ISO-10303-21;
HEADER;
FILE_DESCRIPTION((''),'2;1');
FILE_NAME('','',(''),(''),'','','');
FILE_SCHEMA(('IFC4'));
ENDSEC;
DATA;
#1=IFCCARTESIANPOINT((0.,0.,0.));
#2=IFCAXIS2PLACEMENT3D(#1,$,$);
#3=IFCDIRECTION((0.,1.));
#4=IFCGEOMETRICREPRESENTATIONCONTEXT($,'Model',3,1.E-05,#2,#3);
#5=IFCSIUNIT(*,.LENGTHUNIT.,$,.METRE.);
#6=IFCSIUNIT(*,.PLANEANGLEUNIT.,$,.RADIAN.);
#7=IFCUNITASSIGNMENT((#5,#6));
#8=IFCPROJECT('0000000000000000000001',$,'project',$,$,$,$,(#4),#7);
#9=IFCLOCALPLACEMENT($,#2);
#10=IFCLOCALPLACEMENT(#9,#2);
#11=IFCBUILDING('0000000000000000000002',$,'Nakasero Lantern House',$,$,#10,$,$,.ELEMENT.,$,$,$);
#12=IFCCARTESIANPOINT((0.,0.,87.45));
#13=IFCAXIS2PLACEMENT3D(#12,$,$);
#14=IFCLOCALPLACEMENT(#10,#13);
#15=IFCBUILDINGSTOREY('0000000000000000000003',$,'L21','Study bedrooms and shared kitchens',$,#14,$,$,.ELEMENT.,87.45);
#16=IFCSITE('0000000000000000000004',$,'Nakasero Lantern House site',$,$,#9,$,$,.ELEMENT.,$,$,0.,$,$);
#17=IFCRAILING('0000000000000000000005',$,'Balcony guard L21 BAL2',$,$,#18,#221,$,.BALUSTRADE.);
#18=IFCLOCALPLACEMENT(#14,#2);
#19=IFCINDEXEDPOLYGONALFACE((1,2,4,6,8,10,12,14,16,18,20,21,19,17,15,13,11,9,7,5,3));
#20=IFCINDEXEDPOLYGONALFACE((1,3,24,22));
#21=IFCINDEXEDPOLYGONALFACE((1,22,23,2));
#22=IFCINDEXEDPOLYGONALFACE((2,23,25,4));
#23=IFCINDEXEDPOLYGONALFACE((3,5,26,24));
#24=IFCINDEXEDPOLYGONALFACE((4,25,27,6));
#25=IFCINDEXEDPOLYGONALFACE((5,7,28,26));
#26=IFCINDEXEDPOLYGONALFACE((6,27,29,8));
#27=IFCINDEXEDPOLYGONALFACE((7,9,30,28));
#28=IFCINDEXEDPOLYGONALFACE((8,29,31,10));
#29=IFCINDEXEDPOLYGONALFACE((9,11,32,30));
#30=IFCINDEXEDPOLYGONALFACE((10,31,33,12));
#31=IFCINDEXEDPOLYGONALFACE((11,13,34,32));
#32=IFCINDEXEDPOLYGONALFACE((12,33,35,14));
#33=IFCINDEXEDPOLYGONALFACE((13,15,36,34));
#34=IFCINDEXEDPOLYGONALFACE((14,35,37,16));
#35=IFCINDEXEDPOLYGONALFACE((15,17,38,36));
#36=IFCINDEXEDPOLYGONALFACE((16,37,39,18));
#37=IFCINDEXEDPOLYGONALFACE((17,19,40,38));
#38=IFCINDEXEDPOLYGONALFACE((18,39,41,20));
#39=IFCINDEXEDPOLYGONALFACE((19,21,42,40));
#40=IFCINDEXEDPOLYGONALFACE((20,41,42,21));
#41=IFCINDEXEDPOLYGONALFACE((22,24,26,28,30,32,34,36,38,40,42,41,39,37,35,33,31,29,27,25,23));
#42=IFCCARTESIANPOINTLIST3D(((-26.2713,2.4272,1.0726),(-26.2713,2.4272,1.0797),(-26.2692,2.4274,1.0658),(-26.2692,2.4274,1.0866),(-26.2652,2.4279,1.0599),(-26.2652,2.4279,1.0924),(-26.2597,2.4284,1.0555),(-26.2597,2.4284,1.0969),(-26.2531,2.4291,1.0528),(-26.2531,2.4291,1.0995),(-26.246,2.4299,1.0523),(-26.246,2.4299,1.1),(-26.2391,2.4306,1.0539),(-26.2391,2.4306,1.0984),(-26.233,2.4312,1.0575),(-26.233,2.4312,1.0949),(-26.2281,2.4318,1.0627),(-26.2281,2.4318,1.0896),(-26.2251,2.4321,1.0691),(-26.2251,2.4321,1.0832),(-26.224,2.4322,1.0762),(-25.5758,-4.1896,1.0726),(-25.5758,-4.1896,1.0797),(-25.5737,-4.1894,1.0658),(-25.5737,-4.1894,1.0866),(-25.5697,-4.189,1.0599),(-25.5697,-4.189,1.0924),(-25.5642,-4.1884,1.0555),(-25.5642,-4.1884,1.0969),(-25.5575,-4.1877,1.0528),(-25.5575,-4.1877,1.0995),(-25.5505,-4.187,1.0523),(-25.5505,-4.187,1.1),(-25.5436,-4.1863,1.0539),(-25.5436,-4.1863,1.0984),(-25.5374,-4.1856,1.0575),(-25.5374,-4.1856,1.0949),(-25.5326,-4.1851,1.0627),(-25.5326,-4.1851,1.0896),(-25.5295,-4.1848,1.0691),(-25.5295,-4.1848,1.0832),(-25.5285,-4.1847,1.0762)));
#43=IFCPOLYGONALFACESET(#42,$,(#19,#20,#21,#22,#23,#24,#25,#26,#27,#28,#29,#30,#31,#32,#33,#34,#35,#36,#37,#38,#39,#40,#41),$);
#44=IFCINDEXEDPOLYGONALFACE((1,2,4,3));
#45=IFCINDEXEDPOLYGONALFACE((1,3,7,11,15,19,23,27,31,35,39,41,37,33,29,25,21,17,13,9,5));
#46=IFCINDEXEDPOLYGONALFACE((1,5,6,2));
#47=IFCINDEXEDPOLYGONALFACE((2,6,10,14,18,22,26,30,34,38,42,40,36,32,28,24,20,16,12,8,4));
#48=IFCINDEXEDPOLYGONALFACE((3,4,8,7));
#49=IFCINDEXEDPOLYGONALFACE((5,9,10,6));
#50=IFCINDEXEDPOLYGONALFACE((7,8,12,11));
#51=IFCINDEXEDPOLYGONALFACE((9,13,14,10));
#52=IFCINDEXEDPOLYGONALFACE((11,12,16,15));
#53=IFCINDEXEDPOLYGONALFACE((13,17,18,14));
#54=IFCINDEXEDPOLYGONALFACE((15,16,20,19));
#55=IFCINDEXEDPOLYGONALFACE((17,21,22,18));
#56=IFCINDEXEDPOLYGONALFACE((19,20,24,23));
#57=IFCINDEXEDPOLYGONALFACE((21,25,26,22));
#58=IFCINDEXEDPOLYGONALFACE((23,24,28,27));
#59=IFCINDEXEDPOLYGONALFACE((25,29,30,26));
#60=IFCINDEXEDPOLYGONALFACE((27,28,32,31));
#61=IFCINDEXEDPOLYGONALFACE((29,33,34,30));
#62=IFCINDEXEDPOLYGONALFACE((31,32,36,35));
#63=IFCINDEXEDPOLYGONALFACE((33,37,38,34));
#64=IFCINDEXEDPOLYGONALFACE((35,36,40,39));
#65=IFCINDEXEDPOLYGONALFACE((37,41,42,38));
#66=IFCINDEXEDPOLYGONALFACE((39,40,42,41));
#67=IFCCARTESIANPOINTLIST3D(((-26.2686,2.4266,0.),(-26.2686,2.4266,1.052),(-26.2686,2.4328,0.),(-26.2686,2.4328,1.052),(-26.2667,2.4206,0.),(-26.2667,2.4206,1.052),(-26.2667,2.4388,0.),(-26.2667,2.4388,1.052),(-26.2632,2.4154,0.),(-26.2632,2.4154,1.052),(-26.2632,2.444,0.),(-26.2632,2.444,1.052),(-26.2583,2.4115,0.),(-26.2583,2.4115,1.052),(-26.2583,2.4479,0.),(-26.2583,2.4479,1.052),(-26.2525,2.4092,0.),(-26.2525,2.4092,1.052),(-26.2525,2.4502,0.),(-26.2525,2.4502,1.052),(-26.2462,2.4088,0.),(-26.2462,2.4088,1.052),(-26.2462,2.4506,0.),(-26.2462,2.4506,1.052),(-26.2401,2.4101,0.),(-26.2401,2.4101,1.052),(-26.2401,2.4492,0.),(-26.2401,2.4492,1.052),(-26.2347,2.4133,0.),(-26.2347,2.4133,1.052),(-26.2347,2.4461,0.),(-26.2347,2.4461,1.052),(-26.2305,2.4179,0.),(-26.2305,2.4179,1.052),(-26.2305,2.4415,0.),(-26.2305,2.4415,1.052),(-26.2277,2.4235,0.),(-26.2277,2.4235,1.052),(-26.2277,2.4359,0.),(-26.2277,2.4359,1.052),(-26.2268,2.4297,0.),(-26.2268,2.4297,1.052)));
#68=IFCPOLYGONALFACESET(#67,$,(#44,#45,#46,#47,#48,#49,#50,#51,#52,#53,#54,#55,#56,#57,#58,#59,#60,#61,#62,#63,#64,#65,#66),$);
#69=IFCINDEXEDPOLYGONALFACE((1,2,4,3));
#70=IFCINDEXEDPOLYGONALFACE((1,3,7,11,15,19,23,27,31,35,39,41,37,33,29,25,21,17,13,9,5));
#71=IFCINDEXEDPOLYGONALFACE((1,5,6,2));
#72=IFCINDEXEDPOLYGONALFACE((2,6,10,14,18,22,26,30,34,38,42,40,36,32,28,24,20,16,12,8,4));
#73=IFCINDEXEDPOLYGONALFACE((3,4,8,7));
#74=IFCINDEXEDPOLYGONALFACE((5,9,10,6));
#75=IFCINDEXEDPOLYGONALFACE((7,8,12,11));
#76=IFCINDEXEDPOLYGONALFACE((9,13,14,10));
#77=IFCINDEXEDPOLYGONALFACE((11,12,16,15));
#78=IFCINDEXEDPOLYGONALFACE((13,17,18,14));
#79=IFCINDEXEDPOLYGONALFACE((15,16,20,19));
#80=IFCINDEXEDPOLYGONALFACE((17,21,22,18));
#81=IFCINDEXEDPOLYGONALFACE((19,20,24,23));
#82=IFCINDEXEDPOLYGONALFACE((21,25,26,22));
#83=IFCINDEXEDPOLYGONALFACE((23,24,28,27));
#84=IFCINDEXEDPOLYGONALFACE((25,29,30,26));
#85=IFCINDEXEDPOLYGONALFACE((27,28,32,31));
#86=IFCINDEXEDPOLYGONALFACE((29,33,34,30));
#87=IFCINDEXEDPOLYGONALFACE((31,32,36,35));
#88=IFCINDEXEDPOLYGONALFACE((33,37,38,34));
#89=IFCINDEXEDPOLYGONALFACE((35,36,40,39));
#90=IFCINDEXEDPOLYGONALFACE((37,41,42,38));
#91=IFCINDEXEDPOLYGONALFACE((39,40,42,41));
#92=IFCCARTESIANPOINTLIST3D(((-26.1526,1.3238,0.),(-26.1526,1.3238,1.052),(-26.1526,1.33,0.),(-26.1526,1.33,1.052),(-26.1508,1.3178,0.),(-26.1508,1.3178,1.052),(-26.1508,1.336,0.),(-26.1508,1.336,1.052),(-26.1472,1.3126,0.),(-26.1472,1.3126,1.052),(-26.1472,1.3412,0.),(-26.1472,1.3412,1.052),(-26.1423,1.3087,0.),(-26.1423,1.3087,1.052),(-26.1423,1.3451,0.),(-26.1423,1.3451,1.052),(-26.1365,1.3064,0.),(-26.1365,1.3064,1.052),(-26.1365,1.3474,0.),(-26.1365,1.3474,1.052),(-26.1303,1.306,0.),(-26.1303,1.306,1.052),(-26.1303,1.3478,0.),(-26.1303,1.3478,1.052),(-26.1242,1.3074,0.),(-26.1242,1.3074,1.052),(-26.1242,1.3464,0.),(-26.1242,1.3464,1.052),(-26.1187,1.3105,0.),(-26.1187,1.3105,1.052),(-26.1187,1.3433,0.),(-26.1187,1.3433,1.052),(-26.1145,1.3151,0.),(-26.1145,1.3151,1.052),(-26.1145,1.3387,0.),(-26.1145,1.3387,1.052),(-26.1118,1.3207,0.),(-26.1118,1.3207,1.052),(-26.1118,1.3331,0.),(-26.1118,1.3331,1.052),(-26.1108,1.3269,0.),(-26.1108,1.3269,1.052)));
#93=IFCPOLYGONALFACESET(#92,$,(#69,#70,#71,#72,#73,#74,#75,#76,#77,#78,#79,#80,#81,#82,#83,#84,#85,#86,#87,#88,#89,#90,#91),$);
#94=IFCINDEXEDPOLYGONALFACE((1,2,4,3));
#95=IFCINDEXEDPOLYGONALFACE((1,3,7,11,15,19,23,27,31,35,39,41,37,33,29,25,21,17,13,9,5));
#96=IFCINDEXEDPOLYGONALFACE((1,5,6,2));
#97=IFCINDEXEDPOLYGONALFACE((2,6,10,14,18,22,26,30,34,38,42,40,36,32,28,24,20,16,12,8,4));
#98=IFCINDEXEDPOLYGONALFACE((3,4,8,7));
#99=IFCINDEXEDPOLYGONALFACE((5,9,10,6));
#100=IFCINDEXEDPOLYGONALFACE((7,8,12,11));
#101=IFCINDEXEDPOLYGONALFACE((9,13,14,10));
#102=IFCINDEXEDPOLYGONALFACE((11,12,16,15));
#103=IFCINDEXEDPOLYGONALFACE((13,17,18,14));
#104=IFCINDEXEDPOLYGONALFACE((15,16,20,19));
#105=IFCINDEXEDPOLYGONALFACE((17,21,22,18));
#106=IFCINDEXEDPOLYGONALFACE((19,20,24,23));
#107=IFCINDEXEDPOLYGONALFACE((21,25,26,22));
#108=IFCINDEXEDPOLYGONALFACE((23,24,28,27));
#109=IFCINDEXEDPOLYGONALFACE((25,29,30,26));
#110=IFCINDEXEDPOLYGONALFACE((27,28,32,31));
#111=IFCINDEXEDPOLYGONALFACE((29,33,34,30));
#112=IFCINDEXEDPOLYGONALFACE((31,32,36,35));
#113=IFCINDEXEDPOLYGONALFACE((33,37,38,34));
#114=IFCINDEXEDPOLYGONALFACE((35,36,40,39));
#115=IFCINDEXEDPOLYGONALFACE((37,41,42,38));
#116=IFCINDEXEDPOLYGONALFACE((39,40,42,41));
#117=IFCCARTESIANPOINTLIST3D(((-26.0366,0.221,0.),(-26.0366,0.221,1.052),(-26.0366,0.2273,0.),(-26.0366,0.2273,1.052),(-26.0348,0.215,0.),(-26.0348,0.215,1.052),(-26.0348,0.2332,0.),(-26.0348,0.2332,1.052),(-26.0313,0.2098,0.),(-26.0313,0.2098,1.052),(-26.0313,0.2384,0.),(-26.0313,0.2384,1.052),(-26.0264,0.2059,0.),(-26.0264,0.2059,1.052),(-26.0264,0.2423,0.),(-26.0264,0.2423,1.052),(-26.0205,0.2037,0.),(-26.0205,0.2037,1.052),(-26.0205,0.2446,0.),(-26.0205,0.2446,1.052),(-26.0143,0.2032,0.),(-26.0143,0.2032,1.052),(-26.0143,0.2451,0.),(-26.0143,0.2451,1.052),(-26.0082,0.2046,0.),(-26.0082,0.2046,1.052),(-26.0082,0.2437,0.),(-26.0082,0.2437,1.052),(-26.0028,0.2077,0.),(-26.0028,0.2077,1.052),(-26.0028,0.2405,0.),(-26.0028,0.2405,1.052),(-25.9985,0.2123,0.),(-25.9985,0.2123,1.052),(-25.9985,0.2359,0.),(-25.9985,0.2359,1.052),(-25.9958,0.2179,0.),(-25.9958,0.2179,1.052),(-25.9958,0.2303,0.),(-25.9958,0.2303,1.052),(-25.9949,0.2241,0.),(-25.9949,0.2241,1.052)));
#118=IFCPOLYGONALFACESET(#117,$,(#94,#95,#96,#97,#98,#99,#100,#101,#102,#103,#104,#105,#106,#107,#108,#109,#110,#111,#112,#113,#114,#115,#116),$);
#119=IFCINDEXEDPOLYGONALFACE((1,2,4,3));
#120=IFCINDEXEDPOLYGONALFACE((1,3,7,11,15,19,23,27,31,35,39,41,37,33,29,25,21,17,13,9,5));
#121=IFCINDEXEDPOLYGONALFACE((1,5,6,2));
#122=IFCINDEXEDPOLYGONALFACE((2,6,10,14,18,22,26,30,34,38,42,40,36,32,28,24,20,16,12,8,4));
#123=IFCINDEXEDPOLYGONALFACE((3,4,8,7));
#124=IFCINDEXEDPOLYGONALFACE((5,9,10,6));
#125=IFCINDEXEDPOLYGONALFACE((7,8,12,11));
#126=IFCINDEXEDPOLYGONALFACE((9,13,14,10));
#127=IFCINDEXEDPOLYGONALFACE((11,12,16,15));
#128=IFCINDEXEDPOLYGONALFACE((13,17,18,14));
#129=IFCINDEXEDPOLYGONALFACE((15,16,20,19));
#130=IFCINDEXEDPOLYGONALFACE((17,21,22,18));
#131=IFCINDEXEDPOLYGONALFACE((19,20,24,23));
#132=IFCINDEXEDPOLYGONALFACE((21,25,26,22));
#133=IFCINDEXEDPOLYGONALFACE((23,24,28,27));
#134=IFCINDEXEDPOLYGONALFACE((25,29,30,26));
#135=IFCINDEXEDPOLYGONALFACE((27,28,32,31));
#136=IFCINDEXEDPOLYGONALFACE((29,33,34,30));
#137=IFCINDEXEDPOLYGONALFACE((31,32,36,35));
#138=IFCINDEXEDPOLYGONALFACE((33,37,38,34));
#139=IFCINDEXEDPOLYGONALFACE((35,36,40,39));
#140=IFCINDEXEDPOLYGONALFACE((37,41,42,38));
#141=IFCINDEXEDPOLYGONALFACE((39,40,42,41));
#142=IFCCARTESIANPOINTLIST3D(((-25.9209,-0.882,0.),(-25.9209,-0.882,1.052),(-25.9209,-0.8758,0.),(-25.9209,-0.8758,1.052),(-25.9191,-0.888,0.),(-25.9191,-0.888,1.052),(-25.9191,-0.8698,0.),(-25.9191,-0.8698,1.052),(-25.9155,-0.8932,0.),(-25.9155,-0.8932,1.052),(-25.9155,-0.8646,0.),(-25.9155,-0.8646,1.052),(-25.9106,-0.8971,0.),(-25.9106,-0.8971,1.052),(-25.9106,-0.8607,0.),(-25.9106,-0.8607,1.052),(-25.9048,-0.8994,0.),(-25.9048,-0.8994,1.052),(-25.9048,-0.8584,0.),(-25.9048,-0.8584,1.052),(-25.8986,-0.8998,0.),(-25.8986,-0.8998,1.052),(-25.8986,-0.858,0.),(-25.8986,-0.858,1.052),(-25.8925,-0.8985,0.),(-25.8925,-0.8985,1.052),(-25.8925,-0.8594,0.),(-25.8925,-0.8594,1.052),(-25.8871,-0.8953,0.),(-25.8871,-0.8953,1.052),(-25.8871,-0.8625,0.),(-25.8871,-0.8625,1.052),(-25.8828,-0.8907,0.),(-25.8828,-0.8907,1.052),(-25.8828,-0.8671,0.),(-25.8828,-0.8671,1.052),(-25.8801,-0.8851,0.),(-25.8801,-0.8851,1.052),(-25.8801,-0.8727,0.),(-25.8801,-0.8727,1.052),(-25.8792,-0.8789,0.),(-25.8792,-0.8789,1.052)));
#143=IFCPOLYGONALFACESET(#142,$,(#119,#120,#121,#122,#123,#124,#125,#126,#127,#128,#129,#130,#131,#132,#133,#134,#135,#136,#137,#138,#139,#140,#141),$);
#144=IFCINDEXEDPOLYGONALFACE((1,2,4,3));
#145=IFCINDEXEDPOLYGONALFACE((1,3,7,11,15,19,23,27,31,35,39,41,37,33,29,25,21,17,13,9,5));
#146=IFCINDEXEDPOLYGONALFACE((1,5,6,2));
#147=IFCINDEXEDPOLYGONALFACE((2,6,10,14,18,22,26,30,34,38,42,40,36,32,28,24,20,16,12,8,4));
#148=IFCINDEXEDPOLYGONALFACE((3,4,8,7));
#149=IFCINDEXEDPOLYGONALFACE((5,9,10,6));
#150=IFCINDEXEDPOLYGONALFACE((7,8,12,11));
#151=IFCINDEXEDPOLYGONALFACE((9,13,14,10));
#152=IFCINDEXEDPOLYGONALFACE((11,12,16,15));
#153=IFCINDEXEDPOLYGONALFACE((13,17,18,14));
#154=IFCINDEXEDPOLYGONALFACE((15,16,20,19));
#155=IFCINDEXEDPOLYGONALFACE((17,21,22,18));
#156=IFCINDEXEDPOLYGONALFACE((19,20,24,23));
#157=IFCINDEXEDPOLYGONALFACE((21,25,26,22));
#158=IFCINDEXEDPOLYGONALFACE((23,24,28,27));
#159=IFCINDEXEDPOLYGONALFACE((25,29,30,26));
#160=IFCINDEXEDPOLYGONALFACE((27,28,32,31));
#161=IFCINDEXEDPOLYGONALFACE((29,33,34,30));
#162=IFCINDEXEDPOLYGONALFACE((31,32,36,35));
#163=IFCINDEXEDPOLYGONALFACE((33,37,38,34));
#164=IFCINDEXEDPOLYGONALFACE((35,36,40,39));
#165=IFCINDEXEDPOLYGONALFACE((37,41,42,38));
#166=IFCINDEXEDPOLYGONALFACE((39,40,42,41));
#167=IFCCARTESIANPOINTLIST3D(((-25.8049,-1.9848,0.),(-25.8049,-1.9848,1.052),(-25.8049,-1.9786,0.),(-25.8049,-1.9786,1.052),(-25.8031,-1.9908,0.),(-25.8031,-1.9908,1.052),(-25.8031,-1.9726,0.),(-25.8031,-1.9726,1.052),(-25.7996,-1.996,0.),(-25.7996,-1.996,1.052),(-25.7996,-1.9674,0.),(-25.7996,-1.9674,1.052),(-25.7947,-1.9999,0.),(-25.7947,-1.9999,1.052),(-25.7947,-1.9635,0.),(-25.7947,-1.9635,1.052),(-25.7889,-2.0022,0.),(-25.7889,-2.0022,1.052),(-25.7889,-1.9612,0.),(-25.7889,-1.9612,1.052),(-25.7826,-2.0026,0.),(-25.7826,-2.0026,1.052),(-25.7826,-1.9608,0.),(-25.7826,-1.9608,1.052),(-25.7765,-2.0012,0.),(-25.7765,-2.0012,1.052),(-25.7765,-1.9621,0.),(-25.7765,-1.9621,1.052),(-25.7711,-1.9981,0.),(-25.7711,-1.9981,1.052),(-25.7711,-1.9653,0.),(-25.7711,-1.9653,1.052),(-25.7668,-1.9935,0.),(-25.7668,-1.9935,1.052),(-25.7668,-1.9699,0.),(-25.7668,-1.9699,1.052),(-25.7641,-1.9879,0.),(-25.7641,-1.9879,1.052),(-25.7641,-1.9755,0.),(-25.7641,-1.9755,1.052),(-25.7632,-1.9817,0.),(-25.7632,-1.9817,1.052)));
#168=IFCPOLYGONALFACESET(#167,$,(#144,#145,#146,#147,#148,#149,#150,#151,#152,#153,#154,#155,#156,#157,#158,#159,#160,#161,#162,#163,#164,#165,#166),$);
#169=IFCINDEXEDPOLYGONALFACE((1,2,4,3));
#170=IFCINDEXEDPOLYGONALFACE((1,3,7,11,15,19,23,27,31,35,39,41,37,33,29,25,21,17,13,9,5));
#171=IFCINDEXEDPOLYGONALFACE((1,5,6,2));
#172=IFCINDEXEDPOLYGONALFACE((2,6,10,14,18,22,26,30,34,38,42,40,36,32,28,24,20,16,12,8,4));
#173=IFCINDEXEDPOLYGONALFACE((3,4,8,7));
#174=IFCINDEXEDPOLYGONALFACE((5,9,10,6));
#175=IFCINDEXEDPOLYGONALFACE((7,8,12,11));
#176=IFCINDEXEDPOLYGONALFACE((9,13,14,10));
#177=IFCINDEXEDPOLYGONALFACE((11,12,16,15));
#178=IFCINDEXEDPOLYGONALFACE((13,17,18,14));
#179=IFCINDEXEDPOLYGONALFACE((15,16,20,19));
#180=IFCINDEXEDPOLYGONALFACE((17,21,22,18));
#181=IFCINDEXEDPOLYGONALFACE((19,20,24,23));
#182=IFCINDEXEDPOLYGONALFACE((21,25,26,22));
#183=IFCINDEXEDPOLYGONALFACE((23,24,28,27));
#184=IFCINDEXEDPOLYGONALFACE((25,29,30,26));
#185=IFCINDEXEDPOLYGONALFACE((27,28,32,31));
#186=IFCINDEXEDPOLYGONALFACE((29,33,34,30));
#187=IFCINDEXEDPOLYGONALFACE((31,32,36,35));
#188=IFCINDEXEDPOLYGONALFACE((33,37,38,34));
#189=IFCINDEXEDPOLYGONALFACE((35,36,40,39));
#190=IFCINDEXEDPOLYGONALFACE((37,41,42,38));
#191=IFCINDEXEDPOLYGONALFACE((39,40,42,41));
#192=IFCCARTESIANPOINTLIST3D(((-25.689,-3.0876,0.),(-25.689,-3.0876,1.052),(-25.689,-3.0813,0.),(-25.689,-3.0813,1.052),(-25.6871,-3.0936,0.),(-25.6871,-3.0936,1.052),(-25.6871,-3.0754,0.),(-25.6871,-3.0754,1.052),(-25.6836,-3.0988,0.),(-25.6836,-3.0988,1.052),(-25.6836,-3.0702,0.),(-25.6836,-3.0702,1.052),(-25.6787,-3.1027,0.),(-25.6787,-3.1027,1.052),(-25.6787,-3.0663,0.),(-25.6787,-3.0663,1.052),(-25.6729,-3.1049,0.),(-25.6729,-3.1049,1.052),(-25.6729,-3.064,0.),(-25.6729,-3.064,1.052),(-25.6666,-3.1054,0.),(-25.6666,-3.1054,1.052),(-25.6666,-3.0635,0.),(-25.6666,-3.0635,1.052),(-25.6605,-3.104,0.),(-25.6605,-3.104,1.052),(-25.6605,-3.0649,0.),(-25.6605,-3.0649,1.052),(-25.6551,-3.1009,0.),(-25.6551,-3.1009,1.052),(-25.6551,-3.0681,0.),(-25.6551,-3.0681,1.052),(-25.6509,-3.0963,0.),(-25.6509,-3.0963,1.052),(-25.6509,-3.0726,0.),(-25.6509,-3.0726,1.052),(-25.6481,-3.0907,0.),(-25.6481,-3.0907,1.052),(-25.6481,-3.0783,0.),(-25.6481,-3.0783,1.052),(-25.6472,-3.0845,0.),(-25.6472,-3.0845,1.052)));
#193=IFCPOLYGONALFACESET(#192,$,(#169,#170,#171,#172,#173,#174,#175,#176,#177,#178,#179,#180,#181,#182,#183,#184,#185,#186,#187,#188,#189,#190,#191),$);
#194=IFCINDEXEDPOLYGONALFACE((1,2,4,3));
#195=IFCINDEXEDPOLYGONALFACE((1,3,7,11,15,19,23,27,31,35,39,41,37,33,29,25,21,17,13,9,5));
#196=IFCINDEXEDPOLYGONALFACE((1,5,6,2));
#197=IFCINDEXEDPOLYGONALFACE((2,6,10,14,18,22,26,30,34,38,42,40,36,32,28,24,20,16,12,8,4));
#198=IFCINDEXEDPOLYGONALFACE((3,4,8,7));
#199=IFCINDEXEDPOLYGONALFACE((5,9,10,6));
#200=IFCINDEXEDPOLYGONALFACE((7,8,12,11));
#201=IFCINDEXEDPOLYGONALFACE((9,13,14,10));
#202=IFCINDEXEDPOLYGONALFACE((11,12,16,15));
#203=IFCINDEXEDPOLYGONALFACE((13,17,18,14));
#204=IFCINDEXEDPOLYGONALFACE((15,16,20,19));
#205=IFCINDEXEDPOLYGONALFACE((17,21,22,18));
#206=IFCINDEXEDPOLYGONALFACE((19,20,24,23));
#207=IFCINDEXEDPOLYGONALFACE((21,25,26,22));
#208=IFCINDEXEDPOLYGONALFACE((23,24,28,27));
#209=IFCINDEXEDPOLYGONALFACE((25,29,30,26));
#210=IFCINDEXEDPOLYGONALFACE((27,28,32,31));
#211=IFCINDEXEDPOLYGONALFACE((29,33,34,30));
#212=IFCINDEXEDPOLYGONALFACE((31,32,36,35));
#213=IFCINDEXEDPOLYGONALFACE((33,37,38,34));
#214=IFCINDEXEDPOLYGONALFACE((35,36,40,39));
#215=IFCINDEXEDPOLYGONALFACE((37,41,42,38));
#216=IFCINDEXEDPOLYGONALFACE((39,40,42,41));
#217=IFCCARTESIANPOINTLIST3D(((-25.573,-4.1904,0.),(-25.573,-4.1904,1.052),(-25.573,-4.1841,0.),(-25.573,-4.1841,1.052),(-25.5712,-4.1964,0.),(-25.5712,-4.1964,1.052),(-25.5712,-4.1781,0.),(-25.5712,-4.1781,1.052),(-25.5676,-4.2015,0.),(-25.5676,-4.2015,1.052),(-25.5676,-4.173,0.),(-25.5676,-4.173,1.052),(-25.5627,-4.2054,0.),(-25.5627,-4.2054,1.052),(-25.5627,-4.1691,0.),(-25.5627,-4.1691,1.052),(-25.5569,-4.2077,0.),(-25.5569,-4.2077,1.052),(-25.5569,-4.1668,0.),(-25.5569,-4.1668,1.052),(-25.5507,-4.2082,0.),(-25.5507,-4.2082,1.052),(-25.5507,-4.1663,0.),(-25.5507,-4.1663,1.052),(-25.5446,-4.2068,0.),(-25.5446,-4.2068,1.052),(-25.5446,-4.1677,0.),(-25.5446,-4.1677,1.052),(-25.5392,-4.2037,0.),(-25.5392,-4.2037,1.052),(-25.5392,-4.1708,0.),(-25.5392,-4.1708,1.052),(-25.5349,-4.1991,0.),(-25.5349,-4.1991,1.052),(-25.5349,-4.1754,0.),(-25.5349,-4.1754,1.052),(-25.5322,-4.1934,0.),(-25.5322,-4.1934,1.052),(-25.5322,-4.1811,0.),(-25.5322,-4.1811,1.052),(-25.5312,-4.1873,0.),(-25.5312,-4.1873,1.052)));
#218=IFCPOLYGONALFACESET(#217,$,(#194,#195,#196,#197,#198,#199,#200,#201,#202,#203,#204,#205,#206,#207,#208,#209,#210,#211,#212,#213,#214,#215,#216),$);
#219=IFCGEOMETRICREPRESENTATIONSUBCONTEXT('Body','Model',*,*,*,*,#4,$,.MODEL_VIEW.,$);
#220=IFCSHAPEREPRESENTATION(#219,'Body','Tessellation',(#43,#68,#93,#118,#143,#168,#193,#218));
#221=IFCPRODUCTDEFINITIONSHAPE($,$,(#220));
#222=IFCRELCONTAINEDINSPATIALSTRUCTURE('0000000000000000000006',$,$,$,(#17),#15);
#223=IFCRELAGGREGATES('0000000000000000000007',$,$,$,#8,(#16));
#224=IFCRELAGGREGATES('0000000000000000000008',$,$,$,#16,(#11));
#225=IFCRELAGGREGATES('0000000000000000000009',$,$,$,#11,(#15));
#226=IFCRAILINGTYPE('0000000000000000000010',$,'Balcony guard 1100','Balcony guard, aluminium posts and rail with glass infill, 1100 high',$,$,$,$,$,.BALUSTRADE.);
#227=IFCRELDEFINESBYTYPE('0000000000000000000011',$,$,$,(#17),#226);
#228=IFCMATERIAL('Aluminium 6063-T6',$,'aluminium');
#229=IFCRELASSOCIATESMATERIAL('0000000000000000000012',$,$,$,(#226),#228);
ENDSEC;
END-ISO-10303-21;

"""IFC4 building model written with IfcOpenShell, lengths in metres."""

from ifc_helpers import new_model, si_unit, direction, frame, origin, origin_2d, place, context, subcontext, project, spatial, circle, extrude, material, type_object, element, save


model = new_model("IFC4")

# Units and contexts
model_context = context("Model", 3, precision=1e-05, world=origin(), true_north=direction((0.0, 1.0)))
body_context = subcontext(model_context, "Body", "Model", "MODEL_VIEW")
ifc_project = project(units=[si_unit("LENGTHUNIT", "METRE"), si_unit("PLANEANGLEUNIT", "RADIAN")], contexts=[model_context])

# Site, building, storey
site_placement = place(None, origin())
site = spatial("IfcSite", under=ifc_project, at=site_placement, Name="Nakasero Lantern House site", CompositionType="ELEMENT", RefElevation=0.0)
building_placement = place(site_placement, origin())
building = spatial("IfcBuilding", under=site, at=building_placement, Name="Nakasero Lantern House", CompositionType="ELEMENT")
storey_placement = place(building_placement, frame((0.0, 0.0, 87.45)))
storey = spatial("IfcBuildingStorey", under=building, at=storey_placement, Name="L21", Description="Study bedrooms and shared kitchens", CompositionType="ELEMENT", Elevation=87.45)

# Railing
ifc_material_1 = material(Name="Aluminium 6063-T6", Category="aluminium")
railing_type = type_object("IfcRailingType", Name="Balcony guard 1100", Description="Balcony guard, aluminium posts and rail with glass infill, 1100 high", PredefinedType="BALUSTRADE", material=ifc_material_1)
railing_placement = place(storey_placement, frame((-26.2478, 2.4297, 0.0)))
element("IfcRailing", 1, at=railing_placement, inside=storey, type_object=railing_type, Name="Balcony guard L21 BAL2", PredefinedType="BALUSTRADE", context=body_context, shape_type="SweptSolid", body=[
    extrude(circle(Radius=0.0239, at=origin_2d()), frame((0.0, 0.0, 1.0762), z_axis=(0.104542, -0.994521, 0.0), x_axis=(0.994521, 0.104542, 0.0)), (0.0, 0.0, 1.0), 6.6533),
    extrude(circle(Radius=0.021, at=origin_2d()), origin(), (0.0, 0.0, 1.0), 1.052),
    extrude(circle(Radius=0.021, at=origin_2d()), frame((0.116, -1.1028, 0.0)), (0.0, 0.0, 1.0), 1.052),
    extrude(circle(Radius=0.021, at=origin_2d()), frame((0.2319, -2.2056, 0.0)), (0.0, 0.0, 1.0), 1.052),
    extrude(circle(Radius=0.021, at=origin_2d()), frame((0.3477, -3.3086, 0.0)), (0.0, 0.0, 1.0), 1.052),
    extrude(circle(Radius=0.021, at=origin_2d()), frame((0.4636, -4.4114, 0.0)), (0.0, 0.0, 1.0), 1.052),
    extrude(circle(Radius=0.021, at=origin_2d()), frame((0.5796, -5.5142, 0.0)), (0.0, 0.0, 1.0), 1.052),
    extrude(circle(Radius=0.021, at=origin_2d()), frame((0.6956, -6.6169, 0.0)), (0.0, 0.0, 1.0), 1.052),
])

save(model, "model.ifc")
